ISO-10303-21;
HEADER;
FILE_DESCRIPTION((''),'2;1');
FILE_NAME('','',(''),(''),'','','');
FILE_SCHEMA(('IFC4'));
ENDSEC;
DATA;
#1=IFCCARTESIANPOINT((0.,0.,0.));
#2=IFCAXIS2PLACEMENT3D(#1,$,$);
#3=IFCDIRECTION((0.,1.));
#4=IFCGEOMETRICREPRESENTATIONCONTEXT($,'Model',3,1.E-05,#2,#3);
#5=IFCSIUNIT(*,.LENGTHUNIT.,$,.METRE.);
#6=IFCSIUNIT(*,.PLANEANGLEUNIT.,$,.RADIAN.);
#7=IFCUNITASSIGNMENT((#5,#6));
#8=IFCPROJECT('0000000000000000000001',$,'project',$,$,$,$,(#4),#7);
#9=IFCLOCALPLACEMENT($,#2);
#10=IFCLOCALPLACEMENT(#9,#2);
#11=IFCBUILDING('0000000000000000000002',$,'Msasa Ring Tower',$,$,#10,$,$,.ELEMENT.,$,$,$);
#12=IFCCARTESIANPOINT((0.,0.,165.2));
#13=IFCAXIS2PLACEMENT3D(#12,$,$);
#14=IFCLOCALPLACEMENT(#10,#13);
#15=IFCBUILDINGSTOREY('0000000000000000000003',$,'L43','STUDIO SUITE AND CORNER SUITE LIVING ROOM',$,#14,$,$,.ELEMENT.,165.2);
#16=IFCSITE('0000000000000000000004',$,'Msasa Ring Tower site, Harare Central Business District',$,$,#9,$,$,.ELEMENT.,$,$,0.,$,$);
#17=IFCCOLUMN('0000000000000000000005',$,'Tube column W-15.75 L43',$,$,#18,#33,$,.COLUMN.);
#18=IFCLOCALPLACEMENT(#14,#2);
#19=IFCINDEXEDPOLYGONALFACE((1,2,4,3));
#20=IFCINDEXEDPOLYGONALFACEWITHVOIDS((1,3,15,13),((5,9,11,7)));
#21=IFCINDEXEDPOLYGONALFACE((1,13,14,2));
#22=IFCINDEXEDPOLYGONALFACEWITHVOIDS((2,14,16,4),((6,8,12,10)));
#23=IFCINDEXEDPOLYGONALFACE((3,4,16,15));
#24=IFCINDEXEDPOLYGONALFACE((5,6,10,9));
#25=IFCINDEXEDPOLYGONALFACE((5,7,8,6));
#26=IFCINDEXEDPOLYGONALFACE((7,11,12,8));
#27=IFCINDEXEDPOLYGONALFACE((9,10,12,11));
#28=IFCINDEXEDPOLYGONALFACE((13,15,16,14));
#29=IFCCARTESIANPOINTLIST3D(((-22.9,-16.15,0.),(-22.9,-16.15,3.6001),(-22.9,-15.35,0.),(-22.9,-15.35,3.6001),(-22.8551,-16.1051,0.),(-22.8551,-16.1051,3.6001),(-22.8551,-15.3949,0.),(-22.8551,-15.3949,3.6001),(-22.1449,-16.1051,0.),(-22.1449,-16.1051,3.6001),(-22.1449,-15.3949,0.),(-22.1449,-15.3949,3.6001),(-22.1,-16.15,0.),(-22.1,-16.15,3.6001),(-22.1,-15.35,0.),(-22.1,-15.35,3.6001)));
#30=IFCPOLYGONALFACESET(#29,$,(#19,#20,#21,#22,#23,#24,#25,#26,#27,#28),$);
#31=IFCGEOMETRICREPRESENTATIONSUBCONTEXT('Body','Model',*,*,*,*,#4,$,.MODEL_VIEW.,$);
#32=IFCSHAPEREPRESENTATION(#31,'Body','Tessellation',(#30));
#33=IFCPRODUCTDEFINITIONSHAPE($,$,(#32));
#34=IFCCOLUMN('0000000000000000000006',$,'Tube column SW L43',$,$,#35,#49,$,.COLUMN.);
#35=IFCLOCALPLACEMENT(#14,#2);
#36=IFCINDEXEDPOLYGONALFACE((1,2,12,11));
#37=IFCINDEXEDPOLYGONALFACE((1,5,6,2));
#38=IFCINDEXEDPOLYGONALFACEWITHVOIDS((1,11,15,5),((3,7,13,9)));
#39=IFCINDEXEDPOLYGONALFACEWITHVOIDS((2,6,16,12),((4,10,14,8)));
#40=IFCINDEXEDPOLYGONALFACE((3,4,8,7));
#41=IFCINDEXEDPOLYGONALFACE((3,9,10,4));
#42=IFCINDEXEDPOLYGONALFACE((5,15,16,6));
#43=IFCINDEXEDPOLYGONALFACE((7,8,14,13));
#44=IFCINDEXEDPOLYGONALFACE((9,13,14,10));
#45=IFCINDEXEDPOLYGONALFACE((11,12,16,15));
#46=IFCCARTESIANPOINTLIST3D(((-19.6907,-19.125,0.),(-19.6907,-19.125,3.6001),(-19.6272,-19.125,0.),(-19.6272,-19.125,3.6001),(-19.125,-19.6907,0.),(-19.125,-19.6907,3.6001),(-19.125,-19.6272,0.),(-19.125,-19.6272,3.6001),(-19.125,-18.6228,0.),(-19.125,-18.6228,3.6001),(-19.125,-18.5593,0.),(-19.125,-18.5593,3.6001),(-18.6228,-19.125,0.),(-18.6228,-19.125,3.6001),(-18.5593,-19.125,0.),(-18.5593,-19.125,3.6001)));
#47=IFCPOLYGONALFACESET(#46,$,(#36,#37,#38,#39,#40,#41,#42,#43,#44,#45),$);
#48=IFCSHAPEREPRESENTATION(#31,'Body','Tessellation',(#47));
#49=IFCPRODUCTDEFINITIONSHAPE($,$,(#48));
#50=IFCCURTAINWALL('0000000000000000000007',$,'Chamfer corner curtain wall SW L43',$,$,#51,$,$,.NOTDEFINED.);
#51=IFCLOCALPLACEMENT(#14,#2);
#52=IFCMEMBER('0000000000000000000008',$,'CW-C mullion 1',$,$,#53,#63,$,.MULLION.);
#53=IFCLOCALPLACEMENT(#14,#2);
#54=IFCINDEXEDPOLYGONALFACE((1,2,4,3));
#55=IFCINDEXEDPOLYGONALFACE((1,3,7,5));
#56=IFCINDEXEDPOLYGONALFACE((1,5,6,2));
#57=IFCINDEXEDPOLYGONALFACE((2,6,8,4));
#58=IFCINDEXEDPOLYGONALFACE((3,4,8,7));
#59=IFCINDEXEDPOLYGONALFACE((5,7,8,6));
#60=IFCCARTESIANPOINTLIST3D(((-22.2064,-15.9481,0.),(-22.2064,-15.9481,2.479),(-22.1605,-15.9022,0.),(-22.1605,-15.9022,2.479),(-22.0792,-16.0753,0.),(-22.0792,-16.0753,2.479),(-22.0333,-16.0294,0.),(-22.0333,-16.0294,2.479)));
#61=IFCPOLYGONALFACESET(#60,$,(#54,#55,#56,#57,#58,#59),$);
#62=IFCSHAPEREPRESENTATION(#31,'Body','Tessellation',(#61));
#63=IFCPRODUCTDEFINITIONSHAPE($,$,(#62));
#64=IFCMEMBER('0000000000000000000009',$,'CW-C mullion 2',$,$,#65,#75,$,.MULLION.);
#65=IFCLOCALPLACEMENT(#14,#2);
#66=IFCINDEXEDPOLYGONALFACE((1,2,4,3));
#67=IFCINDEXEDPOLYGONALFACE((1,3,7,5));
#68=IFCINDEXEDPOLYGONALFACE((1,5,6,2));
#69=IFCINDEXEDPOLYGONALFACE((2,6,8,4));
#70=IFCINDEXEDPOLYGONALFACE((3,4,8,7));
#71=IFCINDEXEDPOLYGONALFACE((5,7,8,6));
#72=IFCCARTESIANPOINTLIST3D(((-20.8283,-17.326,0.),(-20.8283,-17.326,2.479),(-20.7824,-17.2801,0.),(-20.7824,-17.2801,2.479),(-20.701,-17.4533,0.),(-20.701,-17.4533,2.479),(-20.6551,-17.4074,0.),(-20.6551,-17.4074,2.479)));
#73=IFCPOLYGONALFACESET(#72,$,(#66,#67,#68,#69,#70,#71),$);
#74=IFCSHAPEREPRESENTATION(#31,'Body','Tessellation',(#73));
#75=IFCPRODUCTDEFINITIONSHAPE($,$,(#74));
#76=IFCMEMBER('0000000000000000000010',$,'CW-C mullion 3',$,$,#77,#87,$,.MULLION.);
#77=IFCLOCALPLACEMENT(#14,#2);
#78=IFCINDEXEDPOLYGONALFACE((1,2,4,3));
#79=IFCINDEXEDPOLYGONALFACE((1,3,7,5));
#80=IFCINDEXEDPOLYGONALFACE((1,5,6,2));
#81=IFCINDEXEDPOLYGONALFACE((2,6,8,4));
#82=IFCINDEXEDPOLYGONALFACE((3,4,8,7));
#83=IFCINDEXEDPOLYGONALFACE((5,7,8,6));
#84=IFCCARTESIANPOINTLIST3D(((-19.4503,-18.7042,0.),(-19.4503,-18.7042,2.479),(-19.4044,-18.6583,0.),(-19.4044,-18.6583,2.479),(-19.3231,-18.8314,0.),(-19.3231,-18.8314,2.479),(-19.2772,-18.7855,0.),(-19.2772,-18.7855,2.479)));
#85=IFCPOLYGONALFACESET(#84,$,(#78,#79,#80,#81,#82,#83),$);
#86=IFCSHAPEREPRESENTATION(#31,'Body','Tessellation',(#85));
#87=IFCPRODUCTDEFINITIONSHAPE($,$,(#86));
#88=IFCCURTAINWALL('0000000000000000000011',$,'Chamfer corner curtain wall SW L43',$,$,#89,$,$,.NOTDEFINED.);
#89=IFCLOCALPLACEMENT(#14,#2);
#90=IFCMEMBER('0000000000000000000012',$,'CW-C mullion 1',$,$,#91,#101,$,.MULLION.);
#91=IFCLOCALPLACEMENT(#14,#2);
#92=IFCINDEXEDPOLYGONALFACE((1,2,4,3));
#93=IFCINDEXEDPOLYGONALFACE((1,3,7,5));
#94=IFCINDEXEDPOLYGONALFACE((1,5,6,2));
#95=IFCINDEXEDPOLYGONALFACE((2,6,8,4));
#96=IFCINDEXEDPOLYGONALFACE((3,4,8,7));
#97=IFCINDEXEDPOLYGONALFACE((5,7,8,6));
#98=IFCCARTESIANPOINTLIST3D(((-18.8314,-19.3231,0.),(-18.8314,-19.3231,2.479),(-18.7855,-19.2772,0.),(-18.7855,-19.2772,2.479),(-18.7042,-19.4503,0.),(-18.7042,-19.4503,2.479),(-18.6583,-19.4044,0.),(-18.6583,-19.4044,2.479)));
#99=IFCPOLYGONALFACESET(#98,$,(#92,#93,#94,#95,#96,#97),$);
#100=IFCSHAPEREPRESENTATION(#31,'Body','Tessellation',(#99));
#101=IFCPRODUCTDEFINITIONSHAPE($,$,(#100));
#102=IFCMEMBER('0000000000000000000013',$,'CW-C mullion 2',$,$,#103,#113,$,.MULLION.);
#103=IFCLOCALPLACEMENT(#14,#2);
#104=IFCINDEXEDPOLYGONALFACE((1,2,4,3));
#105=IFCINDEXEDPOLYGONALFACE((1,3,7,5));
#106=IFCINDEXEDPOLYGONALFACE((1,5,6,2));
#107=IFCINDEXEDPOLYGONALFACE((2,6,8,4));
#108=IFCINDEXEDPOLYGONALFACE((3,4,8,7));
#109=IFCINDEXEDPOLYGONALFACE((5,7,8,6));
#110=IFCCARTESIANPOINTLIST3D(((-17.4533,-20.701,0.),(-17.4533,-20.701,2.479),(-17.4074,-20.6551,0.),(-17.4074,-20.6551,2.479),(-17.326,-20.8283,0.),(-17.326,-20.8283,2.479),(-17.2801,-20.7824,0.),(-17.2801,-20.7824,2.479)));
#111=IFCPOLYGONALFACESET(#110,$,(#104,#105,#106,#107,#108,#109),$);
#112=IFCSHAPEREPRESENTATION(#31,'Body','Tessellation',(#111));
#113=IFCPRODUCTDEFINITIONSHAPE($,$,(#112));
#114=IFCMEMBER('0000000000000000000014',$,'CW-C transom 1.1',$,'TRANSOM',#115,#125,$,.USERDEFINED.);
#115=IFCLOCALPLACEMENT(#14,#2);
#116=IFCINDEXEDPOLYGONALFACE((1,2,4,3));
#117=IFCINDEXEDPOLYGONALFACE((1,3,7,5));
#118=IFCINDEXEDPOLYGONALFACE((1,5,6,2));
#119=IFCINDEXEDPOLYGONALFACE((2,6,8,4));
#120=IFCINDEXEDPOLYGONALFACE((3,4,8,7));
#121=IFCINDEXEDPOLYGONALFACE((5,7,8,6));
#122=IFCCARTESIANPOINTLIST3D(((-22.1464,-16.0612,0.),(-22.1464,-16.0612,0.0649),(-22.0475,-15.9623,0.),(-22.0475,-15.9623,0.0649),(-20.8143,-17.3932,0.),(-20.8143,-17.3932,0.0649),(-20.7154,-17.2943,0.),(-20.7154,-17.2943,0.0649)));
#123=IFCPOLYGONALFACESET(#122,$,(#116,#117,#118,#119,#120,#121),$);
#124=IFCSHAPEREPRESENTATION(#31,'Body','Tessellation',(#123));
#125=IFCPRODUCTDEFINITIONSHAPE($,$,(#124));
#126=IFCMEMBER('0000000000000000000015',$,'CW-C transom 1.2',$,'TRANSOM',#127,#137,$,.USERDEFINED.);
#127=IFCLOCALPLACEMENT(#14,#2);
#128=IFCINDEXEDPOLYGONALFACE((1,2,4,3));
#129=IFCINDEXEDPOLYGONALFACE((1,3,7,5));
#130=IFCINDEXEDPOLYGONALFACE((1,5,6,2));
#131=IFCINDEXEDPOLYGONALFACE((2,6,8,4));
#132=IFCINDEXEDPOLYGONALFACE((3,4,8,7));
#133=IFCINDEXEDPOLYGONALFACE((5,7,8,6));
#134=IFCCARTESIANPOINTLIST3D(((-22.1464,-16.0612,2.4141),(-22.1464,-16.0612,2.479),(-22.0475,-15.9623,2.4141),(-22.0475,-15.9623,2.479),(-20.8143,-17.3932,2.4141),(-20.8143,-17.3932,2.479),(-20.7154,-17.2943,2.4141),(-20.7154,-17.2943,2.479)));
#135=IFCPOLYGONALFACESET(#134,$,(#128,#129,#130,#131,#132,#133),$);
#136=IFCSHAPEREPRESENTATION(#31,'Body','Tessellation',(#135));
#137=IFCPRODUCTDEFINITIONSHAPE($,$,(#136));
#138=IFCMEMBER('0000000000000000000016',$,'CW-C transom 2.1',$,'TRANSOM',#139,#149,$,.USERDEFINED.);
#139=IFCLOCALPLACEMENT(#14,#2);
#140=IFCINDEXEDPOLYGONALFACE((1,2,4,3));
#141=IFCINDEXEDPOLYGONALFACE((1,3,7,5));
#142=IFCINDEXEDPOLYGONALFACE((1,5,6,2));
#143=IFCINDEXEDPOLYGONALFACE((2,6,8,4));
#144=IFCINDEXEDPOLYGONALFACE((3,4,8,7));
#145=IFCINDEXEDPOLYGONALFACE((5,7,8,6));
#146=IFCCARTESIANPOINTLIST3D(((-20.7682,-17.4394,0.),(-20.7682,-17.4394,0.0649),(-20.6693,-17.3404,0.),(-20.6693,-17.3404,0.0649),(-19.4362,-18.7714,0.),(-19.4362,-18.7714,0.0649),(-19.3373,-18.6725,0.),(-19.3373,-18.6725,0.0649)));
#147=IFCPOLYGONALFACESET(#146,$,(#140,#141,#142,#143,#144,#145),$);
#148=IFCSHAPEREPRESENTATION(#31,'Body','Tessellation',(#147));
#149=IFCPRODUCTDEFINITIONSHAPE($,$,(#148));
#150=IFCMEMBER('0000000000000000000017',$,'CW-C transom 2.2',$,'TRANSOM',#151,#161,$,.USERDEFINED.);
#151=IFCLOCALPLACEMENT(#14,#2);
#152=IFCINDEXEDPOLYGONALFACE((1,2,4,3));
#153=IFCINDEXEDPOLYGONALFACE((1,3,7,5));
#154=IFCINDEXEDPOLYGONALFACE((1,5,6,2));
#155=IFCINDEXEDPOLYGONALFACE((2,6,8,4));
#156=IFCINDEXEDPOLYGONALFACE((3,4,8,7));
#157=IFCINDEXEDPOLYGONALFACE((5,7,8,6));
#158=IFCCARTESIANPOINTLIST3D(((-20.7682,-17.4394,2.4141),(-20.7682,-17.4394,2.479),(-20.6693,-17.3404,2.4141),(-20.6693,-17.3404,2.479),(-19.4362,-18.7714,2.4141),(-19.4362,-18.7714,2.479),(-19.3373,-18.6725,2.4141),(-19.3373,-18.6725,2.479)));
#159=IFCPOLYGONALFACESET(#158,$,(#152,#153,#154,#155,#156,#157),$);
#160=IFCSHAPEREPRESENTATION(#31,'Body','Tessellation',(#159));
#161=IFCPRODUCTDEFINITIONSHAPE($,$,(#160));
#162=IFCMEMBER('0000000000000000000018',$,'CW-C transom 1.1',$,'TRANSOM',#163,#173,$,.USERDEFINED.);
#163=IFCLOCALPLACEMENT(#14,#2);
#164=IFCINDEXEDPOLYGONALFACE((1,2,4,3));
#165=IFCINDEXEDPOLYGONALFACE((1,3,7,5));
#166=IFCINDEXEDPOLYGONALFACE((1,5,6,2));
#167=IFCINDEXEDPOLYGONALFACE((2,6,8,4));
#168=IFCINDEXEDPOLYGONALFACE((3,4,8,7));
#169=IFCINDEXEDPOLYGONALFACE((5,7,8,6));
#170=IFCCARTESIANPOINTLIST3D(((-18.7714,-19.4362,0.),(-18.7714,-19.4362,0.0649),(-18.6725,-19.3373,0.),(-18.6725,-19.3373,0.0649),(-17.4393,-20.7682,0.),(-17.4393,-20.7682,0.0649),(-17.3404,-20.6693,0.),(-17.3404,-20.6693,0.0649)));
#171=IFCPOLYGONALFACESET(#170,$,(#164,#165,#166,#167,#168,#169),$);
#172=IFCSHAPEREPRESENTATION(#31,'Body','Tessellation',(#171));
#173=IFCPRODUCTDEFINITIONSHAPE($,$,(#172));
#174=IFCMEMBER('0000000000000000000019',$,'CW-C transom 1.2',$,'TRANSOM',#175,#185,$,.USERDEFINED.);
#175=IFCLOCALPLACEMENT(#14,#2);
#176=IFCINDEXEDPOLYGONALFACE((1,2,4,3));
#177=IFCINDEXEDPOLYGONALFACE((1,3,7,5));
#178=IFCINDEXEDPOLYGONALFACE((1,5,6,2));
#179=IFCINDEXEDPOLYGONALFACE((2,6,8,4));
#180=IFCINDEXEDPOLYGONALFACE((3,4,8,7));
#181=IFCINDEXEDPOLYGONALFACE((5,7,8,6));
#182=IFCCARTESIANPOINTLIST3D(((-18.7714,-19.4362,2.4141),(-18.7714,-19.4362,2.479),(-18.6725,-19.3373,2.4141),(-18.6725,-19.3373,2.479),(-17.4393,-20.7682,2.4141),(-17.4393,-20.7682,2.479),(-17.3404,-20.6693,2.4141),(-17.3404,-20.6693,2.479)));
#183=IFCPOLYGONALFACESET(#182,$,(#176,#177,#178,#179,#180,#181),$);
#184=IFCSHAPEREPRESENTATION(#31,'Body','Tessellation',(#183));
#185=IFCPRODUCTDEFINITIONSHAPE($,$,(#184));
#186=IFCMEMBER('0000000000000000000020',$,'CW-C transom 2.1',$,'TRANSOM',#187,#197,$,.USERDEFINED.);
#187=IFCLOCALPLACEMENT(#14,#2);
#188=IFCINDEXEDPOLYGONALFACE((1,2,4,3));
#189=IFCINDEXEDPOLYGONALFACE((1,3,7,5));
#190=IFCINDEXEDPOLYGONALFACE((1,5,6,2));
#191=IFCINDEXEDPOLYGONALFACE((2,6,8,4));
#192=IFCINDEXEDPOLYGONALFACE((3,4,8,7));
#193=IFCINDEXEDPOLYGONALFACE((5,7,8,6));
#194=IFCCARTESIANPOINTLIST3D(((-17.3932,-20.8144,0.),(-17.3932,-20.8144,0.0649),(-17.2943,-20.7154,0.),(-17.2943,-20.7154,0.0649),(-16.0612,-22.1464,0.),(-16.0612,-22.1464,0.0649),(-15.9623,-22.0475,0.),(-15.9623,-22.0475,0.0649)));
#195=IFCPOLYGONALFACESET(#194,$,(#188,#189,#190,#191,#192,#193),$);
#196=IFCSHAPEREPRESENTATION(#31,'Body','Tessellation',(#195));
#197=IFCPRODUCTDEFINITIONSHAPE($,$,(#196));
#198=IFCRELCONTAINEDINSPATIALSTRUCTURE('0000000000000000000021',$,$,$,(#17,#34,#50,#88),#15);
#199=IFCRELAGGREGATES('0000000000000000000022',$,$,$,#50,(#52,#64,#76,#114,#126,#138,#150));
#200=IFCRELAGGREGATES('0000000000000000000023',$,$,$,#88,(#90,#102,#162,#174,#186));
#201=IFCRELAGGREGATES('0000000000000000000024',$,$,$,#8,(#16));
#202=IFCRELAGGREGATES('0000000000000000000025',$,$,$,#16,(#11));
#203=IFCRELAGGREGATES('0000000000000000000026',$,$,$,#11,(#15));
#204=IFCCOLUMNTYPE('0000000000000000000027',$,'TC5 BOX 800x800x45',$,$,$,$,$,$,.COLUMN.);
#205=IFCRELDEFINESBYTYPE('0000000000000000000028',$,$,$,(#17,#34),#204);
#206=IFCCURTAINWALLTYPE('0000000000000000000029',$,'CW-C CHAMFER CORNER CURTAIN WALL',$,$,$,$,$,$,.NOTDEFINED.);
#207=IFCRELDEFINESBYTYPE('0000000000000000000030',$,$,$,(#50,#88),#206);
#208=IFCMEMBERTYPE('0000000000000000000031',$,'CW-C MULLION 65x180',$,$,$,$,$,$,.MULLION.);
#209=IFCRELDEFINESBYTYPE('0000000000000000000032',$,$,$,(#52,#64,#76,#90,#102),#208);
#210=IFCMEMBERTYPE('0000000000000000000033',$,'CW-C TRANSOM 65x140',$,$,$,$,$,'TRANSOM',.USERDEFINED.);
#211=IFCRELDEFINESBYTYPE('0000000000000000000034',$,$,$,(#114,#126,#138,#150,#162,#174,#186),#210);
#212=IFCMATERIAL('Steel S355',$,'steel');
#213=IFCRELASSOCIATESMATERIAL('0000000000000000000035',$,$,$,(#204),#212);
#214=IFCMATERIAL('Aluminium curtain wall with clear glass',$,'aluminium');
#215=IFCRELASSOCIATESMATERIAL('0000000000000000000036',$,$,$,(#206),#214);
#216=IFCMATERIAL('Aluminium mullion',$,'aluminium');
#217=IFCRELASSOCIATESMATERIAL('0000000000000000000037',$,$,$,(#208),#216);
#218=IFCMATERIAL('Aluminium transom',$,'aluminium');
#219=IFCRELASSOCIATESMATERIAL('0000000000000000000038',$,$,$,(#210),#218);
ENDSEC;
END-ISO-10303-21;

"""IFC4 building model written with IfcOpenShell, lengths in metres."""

from ifc_helpers import new_model, si_unit, direction, frame, origin, origin_2d, place, context, subcontext, project, spatial, rectangle, hollow_rectangle, extrude, material, material_profile, profile_set, type_object, element, aggregate, save


model = new_model("IFC4")

# Units and contexts
model_context = context("Model", 3, precision=1e-05, world=origin(), true_north=direction((0.0, 1.0)))
body_context = subcontext(model_context, "Body", "Model", "MODEL_VIEW")
ifc_project = project(units=[si_unit("LENGTHUNIT", "METRE"), si_unit("PLANEANGLEUNIT", "RADIAN")], contexts=[model_context])

# Site, building, storey
site_placement = place(None, origin())
site = spatial("IfcSite", under=ifc_project, at=site_placement, Name="Msasa Ring Tower site, Harare Central Business District", CompositionType="ELEMENT", RefElevation=0.0)
building_placement = place(site_placement, origin())
building = spatial("IfcBuilding", under=site, at=building_placement, Name="Msasa Ring Tower", CompositionType="ELEMENT")
storey_placement = place(building_placement, frame((0.0, 0.0, 165.2)))
storey = spatial("IfcBuildingStorey", under=building, at=storey_placement, Name="L43", Description="STUDIO SUITE AND CORNER SUITE LIVING ROOM", CompositionType="ELEMENT", Elevation=165.2)

# Columns
ifc_material_1 = material(Name="Steel S355", Category="steel")
ifc_material_profile_1 = material_profile(ifc_material_1, hollow_rectangle(XDim=0.8, YDim=0.8, WallThickness=0.0449, at=origin_2d()), Name="BOX 800x800x45")
ifc_profile_set_1 = profile_set([ifc_material_profile_1], Name="Steel S355")
column_type = type_object("IfcColumnType", Name="TC5 BOX 800x800x45", PredefinedType="COLUMN", material=ifc_profile_set_1)
for number, where, z_axis, x_axis, name in (
    (1, (-22.5, -15.75, 0.0), (0.0, 0.0, 1.0), (1.0, 0.0, 0.0), "Tube column W-15.75 L43"),
    (2, (-19.125, -19.125, 0.0), (0.0, 0.0, 1.0), (0.707107, 0.707107, 0.0), "Tube column SW L43"),
):
    element("IfcColumn", number, at=place(storey_placement, frame(where, z_axis=z_axis, x_axis=x_axis)), inside=storey, type_object=column_type, Name=name, PredefinedType="COLUMN", context=body_context, shape_type="SweptSolid", body=[
        extrude(hollow_rectangle(XDim=0.8, YDim=0.8, WallThickness=0.0449, at=origin_2d()), origin(), (0.0, 0.0, 1.0), 3.6001),
    ])

# Curtain walls, members
ifc_material_2 = material(Name="Aluminium curtain wall with clear glass", Category="aluminium")
curtain_wall_type = type_object("IfcCurtainWallType", Name="CW-C CHAMFER CORNER CURTAIN WALL", PredefinedType="NOTDEFINED", material=ifc_material_2)
curtain_wall_1_placement = place(storey_placement, origin())
curtain_wall_1 = element("IfcCurtainWall", 3, at=curtain_wall_1_placement, inside=storey, type_object=curtain_wall_type, Name="Chamfer corner curtain wall SW L43", PredefinedType="NOTDEFINED")
ifc_material_3 = material(Name="Aluminium mullion", Category="aluminium")
ifc_material_profile_2 = material_profile(ifc_material_3, rectangle(XDim=0.0649, YDim=0.1799, at=origin_2d()), Name="AL 65x180")
ifc_profile_set_2 = profile_set([ifc_material_profile_2], Name="Aluminium mullion")
member_type_1 = type_object("IfcMemberType", Name="CW-C MULLION 65x180", PredefinedType="MULLION", material=ifc_profile_set_2)
member_1_placement = place(storey_placement, frame((-22.1199, -15.9888, 0.0), z_axis=(0.0, 0.0, 1.0), x_axis=(0.707107, 0.707107, 0.0)))
member_1 = element("IfcMember", 4, at=member_1_placement, type_object=member_type_1, Name="CW-C mullion 1", PredefinedType="MULLION", context=body_context, shape_type="SweptSolid", body=[
    extrude(rectangle(XDim=0.0649, YDim=0.1799, at=origin_2d()), origin(), (0.0, 0.0, 1.0), 2.479),
])
member_2_placement = place(storey_placement, frame((-20.7417, -17.3667, 0.0), z_axis=(0.0, 0.0, 1.0), x_axis=(0.707107, 0.707107, 0.0)))
member_2 = element("IfcMember", 5, at=member_2_placement, type_object=member_type_1, Name="CW-C mullion 2", PredefinedType="MULLION", context=body_context, shape_type="SweptSolid", body=[
    extrude(rectangle(XDim=0.0649, YDim=0.1799, at=origin_2d()), origin(), (0.0, 0.0, 1.0), 2.479),
])
member_3_placement = place(storey_placement, frame((-19.3638, -18.7449, 0.0), z_axis=(0.0, 0.0, 1.0), x_axis=(0.707107, 0.707107, 0.0)))
member_3 = element("IfcMember", 6, at=member_3_placement, type_object=member_type_1, Name="CW-C mullion 3", PredefinedType="MULLION", context=body_context, shape_type="SweptSolid", body=[
    extrude(rectangle(XDim=0.0649, YDim=0.1799, at=origin_2d()), origin(), (0.0, 0.0, 1.0), 2.479),
])
curtain_wall_2_placement = place(storey_placement, origin())
curtain_wall_2 = element("IfcCurtainWall", 7, at=curtain_wall_2_placement, inside=storey, type_object=curtain_wall_type, Name="Chamfer corner curtain wall SW L43", PredefinedType="NOTDEFINED")
member_4_placement = place(storey_placement, frame((-18.7449, -19.3638, 0.0), z_axis=(0.0, 0.0, 1.0), x_axis=(0.707107, 0.707107, 0.0)))
member_4 = element("IfcMember", 8, at=member_4_placement, type_object=member_type_1, Name="CW-C mullion 1", PredefinedType="MULLION", context=body_context, shape_type="SweptSolid", body=[
    extrude(rectangle(XDim=0.0649, YDim=0.1799, at=origin_2d()), origin(), (0.0, 0.0, 1.0), 2.479),
])
member_5_placement = place(storey_placement, frame((-17.3667, -20.7417, 0.0), z_axis=(0.0, 0.0, 1.0), x_axis=(0.707107, 0.707107, 0.0)))
member_5 = element("IfcMember", 9, at=member_5_placement, type_object=member_type_1, Name="CW-C mullion 2", PredefinedType="MULLION", context=body_context, shape_type="SweptSolid", body=[
    extrude(rectangle(XDim=0.0649, YDim=0.1799, at=origin_2d()), origin(), (0.0, 0.0, 1.0), 2.479),
])

# Members
ifc_material_4 = material(Name="Aluminium transom", Category="aluminium")
ifc_material_profile_3 = material_profile(ifc_material_4, rectangle(XDim=0.1399, YDim=0.0649, at=origin_2d()), Name="AL 65x140")
ifc_profile_set_3 = profile_set([ifc_material_profile_3], Name="Aluminium transom")
member_type_2 = type_object("IfcMemberType", Name="CW-C TRANSOM 65x140", ElementType="TRANSOM", PredefinedType="USERDEFINED", material=ifc_profile_set_3)
member_6_placement = place(storey_placement, frame((-22.0969, -16.0117, 0.0325), z_axis=(0.707107, -0.707107, 0.0), x_axis=(0.707107, 0.707107, 0.0)))
member_6 = element("IfcMember", 10, at=member_6_placement, type_object=member_type_2, Name="CW-C transom 1.1", ObjectType="TRANSOM", PredefinedType="USERDEFINED", context=body_context, shape_type="SweptSolid", body=[
    extrude(rectangle(XDim=0.1399, YDim=0.0649, at=origin_2d()), origin(), (0.0, 0.0, 1.0), 1.8838),
])
member_7_placement = place(storey_placement, frame((-22.0969, -16.0117, 2.4465), z_axis=(0.707107, -0.707107, 0.0), x_axis=(0.707107, 0.707107, 0.0)))
member_7 = element("IfcMember", 11, at=member_7_placement, type_object=member_type_2, Name="CW-C transom 1.2", ObjectType="TRANSOM", PredefinedType="USERDEFINED", context=body_context, shape_type="SweptSolid", body=[
    extrude(rectangle(XDim=0.1399, YDim=0.0649, at=origin_2d()), origin(), (0.0, 0.0, 1.0), 1.8838),
])
member_8_placement = place(storey_placement, frame((-20.7188, -17.3899, 0.0325), z_axis=(0.707107, -0.707107, 0.0), x_axis=(0.707107, 0.707107, 0.0)))
member_8 = element("IfcMember", 12, at=member_8_placement, type_object=member_type_2, Name="CW-C transom 2.1", ObjectType="TRANSOM", PredefinedType="USERDEFINED", context=body_context, shape_type="SweptSolid", body=[
    extrude(rectangle(XDim=0.1399, YDim=0.0649, at=origin_2d()), origin(), (0.0, 0.0, 1.0), 1.8838),
])
member_9_placement = place(storey_placement, frame((-20.7188, -17.3899, 2.4465), z_axis=(0.707107, -0.707107, 0.0), x_axis=(0.707107, 0.707107, 0.0)))
member_9 = element("IfcMember", 13, at=member_9_placement, type_object=member_type_2, Name="CW-C transom 2.2", ObjectType="TRANSOM", PredefinedType="USERDEFINED", context=body_context, shape_type="SweptSolid", body=[
    extrude(rectangle(XDim=0.1399, YDim=0.0649, at=origin_2d()), origin(), (0.0, 0.0, 1.0), 1.8838),
])
member_10_placement = place(storey_placement, frame((-18.7219, -19.3867, 0.0325), z_axis=(0.707107, -0.707107, 0.0), x_axis=(0.707107, 0.707107, 0.0)))
member_10 = element("IfcMember", 14, at=member_10_placement, type_object=member_type_2, Name="CW-C transom 1.1", ObjectType="TRANSOM", PredefinedType="USERDEFINED", context=body_context, shape_type="SweptSolid", body=[
    extrude(rectangle(XDim=0.1399, YDim=0.0649, at=origin_2d()), origin(), (0.0, 0.0, 1.0), 1.8838),
])
member_11_placement = place(storey_placement, frame((-18.7219, -19.3867, 2.4465), z_axis=(0.707107, -0.707107, 0.0), x_axis=(0.707107, 0.707107, 0.0)))
member_11 = element("IfcMember", 15, at=member_11_placement, type_object=member_type_2, Name="CW-C transom 1.2", ObjectType="TRANSOM", PredefinedType="USERDEFINED", context=body_context, shape_type="SweptSolid", body=[
    extrude(rectangle(XDim=0.1399, YDim=0.0649, at=origin_2d()), origin(), (0.0, 0.0, 1.0), 1.8838),
])
member_12_placement = place(storey_placement, frame((-17.3438, -20.7649, 0.0325), z_axis=(0.707107, -0.707107, 0.0), x_axis=(0.707107, 0.707107, 0.0)))
member_12 = element("IfcMember", 16, at=member_12_placement, type_object=member_type_2, Name="CW-C transom 2.1", ObjectType="TRANSOM", PredefinedType="USERDEFINED", context=body_context, shape_type="SweptSolid", body=[
    extrude(rectangle(XDim=0.1399, YDim=0.0649, at=origin_2d()), origin(), (0.0, 0.0, 1.0), 1.8838),
])

aggregate(curtain_wall_1, [member_1, member_2, member_3, member_6, member_7, member_8, member_9])
aggregate(curtain_wall_2, [member_4, member_5, member_10, member_11, member_12])

save(model, "model.ifc")
